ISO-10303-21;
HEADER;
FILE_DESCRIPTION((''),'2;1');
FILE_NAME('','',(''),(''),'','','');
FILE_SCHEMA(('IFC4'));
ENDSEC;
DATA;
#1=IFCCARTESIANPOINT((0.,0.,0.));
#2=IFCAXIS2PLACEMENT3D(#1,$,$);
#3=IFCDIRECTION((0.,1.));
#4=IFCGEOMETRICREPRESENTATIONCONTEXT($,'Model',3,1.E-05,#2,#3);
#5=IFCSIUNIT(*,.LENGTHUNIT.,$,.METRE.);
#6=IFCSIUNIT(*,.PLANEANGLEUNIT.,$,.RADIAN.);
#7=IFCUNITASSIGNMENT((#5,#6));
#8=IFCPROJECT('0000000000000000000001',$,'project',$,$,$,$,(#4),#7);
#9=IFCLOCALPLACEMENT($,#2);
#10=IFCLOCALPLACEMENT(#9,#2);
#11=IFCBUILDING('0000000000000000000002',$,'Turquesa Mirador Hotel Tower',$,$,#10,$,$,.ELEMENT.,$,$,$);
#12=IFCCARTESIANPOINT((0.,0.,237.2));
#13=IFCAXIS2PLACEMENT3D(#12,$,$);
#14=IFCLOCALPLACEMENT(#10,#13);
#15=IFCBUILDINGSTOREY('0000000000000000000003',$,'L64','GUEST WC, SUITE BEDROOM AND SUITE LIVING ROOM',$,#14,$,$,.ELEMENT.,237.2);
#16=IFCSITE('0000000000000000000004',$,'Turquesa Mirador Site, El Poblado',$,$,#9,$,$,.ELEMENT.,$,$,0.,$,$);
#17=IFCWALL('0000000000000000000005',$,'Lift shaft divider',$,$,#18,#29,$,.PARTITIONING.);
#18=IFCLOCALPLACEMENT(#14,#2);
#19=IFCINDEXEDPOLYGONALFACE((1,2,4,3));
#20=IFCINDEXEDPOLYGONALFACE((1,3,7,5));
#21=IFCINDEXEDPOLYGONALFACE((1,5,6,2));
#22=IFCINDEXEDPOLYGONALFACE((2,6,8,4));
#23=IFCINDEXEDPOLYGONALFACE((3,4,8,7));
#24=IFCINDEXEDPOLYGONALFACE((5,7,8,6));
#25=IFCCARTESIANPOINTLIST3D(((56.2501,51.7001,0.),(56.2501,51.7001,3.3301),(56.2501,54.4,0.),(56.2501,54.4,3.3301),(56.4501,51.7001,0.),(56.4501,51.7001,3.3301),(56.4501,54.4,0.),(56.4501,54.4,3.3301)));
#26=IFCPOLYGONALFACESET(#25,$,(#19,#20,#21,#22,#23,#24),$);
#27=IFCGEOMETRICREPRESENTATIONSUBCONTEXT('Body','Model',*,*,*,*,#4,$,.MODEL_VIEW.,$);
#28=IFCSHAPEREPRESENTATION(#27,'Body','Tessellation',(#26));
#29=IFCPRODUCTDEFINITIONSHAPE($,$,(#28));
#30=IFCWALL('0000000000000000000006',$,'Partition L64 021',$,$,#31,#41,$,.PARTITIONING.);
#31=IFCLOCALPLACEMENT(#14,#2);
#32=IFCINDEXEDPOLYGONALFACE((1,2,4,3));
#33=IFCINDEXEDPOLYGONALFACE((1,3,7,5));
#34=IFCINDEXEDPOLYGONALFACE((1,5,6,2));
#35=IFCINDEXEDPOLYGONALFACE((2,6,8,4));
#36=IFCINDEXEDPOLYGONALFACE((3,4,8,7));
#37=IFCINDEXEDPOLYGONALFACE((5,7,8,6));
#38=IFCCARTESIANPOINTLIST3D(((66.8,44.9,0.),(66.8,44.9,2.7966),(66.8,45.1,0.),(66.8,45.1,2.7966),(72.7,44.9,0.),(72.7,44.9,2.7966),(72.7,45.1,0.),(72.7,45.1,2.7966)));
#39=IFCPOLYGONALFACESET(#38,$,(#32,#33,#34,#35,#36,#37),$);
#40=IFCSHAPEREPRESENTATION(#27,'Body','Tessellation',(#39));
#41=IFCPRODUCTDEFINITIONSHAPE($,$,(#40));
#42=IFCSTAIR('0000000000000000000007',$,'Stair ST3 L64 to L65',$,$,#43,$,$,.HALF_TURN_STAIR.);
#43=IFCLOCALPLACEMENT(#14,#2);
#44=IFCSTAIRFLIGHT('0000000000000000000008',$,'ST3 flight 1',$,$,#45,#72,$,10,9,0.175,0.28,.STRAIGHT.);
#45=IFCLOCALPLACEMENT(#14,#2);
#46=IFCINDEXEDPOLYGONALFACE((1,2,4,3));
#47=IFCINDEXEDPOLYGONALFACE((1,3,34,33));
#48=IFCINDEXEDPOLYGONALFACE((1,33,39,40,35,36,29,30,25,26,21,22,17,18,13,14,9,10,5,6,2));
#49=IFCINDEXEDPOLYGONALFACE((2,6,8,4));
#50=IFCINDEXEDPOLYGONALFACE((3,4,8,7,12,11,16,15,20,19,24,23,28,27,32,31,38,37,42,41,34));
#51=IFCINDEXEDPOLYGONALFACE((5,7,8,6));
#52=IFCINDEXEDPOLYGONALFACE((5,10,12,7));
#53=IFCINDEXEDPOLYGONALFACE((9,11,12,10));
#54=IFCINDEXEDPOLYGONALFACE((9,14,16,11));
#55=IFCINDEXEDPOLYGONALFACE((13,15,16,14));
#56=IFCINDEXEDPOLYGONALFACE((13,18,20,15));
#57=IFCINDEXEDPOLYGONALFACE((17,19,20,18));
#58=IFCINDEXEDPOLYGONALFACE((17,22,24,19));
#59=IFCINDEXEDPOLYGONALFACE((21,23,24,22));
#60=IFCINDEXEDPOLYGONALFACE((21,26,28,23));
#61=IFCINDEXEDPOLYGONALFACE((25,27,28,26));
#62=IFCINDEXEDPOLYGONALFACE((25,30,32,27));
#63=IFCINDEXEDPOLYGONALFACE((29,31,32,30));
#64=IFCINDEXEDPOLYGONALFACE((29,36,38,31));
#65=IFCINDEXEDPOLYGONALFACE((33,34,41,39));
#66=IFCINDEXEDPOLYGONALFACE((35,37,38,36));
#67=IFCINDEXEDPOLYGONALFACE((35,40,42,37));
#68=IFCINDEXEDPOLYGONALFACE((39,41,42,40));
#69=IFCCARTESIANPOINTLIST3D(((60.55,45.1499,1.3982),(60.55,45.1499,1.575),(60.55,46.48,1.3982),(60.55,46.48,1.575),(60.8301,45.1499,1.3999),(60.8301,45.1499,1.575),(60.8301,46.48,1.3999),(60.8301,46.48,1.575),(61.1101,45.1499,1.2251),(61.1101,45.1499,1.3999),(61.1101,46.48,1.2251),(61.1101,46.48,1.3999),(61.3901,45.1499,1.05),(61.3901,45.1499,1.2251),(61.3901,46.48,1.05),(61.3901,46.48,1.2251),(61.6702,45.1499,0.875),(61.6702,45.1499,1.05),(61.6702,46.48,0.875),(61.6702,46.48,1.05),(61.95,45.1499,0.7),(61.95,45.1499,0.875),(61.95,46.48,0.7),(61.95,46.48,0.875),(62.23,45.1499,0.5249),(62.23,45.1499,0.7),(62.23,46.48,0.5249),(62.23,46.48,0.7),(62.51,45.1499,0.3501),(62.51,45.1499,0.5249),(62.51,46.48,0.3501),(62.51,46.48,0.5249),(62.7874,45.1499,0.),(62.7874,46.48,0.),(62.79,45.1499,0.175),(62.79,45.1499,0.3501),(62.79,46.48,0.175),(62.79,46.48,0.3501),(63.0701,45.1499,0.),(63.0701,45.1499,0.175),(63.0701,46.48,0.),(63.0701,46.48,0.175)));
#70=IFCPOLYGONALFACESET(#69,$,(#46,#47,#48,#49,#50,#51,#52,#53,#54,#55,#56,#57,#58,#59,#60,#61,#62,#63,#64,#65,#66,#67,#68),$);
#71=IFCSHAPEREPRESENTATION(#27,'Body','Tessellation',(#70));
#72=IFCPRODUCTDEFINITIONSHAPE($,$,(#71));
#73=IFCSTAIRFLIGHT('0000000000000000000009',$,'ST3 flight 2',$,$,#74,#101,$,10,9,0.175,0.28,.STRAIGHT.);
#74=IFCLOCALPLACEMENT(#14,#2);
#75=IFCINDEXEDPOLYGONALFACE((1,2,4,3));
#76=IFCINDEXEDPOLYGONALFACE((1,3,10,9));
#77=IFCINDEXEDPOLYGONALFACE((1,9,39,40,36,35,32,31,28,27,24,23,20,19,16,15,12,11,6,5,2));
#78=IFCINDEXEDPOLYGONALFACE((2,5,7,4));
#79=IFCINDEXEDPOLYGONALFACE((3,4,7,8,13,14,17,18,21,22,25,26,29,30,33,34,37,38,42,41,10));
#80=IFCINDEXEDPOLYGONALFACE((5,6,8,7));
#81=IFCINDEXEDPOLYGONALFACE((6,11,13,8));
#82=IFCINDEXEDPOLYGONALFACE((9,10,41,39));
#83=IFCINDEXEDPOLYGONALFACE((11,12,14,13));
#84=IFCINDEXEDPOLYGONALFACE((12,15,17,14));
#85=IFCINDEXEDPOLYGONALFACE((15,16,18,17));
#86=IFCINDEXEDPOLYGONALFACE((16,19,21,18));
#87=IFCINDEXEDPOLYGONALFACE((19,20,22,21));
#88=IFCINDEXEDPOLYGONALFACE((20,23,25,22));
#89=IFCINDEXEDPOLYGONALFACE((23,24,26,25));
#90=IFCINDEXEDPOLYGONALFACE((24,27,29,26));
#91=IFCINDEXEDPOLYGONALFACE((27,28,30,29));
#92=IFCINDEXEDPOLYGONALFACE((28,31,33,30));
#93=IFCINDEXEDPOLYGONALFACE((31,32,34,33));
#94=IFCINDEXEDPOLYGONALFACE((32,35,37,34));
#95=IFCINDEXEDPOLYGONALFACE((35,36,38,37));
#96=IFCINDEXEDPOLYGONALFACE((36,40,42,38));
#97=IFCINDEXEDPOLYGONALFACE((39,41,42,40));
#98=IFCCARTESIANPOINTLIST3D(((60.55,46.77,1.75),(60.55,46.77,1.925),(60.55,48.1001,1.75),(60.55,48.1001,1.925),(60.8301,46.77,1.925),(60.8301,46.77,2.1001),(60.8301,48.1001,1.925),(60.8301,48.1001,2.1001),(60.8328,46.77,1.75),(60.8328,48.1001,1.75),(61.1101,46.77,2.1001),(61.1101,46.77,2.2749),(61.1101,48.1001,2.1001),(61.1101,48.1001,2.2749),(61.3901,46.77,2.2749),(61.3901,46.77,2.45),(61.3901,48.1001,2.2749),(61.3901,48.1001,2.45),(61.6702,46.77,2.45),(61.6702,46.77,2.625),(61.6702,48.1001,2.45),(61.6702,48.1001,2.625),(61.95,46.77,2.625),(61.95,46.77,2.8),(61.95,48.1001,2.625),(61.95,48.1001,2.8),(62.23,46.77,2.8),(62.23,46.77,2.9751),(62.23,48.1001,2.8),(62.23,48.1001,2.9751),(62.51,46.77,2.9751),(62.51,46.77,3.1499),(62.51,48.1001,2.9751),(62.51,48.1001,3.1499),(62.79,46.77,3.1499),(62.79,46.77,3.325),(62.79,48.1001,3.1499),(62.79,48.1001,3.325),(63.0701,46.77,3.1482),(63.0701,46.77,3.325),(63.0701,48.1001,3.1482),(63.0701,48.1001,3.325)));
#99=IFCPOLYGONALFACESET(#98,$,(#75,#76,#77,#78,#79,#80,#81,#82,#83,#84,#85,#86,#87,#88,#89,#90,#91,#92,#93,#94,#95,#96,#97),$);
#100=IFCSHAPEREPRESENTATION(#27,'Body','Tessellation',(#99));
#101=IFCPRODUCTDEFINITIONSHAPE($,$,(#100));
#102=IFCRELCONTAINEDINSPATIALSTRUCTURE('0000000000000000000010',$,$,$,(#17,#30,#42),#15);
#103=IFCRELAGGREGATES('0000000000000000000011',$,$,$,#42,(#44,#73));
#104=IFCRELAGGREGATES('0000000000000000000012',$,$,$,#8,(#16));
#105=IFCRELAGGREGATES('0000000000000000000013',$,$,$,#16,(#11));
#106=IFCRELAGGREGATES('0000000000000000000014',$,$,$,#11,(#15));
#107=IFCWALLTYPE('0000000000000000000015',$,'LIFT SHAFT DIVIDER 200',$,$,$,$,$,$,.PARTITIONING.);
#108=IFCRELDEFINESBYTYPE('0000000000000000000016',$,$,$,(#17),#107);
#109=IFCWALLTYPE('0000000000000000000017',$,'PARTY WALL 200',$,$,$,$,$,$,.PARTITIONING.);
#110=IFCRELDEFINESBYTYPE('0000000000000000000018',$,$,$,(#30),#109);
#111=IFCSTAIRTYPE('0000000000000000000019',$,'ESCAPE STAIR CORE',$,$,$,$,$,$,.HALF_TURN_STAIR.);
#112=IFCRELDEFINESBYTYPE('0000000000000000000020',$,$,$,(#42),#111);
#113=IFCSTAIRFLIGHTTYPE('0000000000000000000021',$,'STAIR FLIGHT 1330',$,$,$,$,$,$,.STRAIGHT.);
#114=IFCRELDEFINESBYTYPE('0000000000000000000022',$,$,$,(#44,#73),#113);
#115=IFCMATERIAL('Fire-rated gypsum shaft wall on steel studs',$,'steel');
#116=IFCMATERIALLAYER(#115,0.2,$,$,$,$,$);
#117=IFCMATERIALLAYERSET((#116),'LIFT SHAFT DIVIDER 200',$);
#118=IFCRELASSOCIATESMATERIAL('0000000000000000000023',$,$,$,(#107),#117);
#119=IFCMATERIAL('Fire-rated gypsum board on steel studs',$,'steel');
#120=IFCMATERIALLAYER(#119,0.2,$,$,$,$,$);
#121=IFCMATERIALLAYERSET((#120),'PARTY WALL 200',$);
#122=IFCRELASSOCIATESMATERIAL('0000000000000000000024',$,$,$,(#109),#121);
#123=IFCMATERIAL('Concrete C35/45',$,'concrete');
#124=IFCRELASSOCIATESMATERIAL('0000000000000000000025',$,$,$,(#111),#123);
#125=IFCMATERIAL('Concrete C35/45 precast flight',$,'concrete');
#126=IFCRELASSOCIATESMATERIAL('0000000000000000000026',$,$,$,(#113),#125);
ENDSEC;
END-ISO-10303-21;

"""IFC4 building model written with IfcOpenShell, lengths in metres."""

from ifc_helpers import new_model, si_unit, direction, frame, frame_2d, origin, place, context, subcontext, project, spatial, polyline, rectangle, outline, extrude, material, layer, layer_set, type_object, element, aggregate, save


model = new_model("IFC4")

# Units and contexts
model_context = context("Model", 3, precision=1e-05, world=origin(), true_north=direction((0.0, 1.0)))
body_context = subcontext(model_context, "Body", "Model", "MODEL_VIEW")
ifc_project = project(units=[si_unit("LENGTHUNIT", "METRE"), si_unit("PLANEANGLEUNIT", "RADIAN")], contexts=[model_context])

# Site, building, storey
site_placement = place(None, origin())
site = spatial("IfcSite", under=ifc_project, at=site_placement, Name="Turquesa Mirador Site, El Poblado", CompositionType="ELEMENT", RefElevation=0.0)
building_placement = place(site_placement, origin())
building = spatial("IfcBuilding", under=site, at=building_placement, Name="Turquesa Mirador Hotel Tower", CompositionType="ELEMENT")
storey_placement = place(building_placement, frame((0.0, 0.0, 237.2)))
storey = spatial("IfcBuildingStorey", under=building, at=storey_placement, Name="L64", Description="GUEST WC, SUITE BEDROOM AND SUITE LIVING ROOM", CompositionType="ELEMENT", Elevation=237.2)

# Walls
ifc_material_1 = material(Name="Fire-rated gypsum shaft wall on steel studs", Category="steel")
ifc_layer_1 = layer(ifc_material_1, 0.2)
ifc_layer_set_1 = layer_set([ifc_layer_1], Name="LIFT SHAFT DIVIDER 200")
wall_type_1 = type_object("IfcWallType", Name="LIFT SHAFT DIVIDER 200", PredefinedType="PARTITIONING", material=ifc_layer_set_1)
for number, where, z_axis, x_axis, name in (
    (1, (56.3501, 51.7, 0.0), (0.0, 0.0, 1.0), (0.0, 1.0, 0.0), "Lift shaft divider"),
):
    element("IfcWall", number, at=place(storey_placement, frame(where, z_axis=z_axis, x_axis=x_axis)), inside=storey, type_object=wall_type_1, Name=name, PredefinedType="PARTITIONING", context=body_context, shape_type="SweptSolid", body=[
        extrude(rectangle(XDim=2.7, YDim=0.2, at=frame_2d((1.3501, 0.0))), origin(), (0.0, 0.0, 1.0), 3.3301),
    ])
ifc_material_2 = material(Name="Fire-rated gypsum board on steel studs", Category="steel")
ifc_layer_2 = layer(ifc_material_2, 0.2)
ifc_layer_set_2 = layer_set([ifc_layer_2], Name="PARTY WALL 200")
wall_type_2 = type_object("IfcWallType", Name="PARTY WALL 200", PredefinedType="PARTITIONING", material=ifc_layer_set_2)
wall_1_placement = place(storey_placement, frame((66.8, 45.0, 0.0), z_axis=(0.0, 0.0, 1.0), x_axis=(1.0, 0.0, 0.0)))
element("IfcWall", 2, at=wall_1_placement, inside=storey, type_object=wall_type_2, Name="Partition L64 021", PredefinedType="PARTITIONING", context=body_context, shape_type="SweptSolid", body=[
    extrude(rectangle(XDim=5.8999, YDim=0.2, at=frame_2d((2.95, 0.0))), origin(), (0.0, 0.0, 1.0), 2.7966),
])

# Stair, stair flights
ifc_material_3 = material(Name="Concrete C35/45", Category="concrete")
stair_type = type_object("IfcStairType", Name="ESCAPE STAIR CORE", PredefinedType="HALF_TURN_STAIR", material=ifc_material_3)
stair_placement = place(storey_placement, origin())
stair = element("IfcStair", 3, at=stair_placement, inside=storey, type_object=stair_type, Name="Stair ST3 L64 to L65", PredefinedType="HALF_TURN_STAIR")
ifc_material_4 = material(Name="Concrete C35/45 precast flight", Category="concrete")
stair_flight_type = type_object("IfcStairFlightType", Name="STAIR FLIGHT 1330", PredefinedType="STRAIGHT", material=ifc_material_4)
stair_flight_1_placement = place(storey_placement, frame((63.0701, 45.8149, 0.0), z_axis=(0.0, 0.0, 1.0), x_axis=(-1.0, 0.0, 0.0)))
stair_flight_1 = element("IfcStairFlight", 4, at=stair_flight_1_placement, type_object=stair_flight_type, Name="ST3 flight 1", NumberOfRisers=10, NumberOfTreads=9, PredefinedType="STRAIGHT", RiserHeight=0.175, TreadLength=0.28, context=body_context, shape_type="SweptSolid", body=[
    extrude(outline(polyline([(0.0, 0.0), (0.0, 0.175), (0.28, 0.175), (0.28, 0.3501), (0.5601, 0.3501), (0.5601, 0.5249), (0.8401, 0.5249), (0.8401, 0.7), (1.1201, 0.7), (1.1201, 0.875), (1.3999, 0.875), (1.3999, 1.05), (1.6799, 1.05), (1.6799, 1.2251), (1.96, 1.2251), (1.96, 1.3999), (2.24, 1.3999), (2.24, 1.575), (2.52, 1.575), (2.52, 1.75), (2.52, 1.3982), (0.2827, 0.0), (0.0, 0.0)])), frame((0.0, 0.665, 0.0), z_axis=(0.0, -1.0, 0.0), x_axis=(1.0, 0.0, 0.0)), (0.0, 0.0, 1.0), 1.3301),
])
stair_flight_2_placement = place(storey_placement, frame((60.55, 47.4351, 1.75), z_axis=(0.0, 0.0, 1.0), x_axis=(1.0, 0.0, 0.0)))
stair_flight_2 = element("IfcStairFlight", 5, at=stair_flight_2_placement, type_object=stair_flight_type, Name="ST3 flight 2", NumberOfRisers=10, NumberOfTreads=9, PredefinedType="STRAIGHT", RiserHeight=0.175, TreadLength=0.28, context=body_context, shape_type="SweptSolid", body=[
    extrude(outline(polyline([(0.0, 0.0), (0.0, 0.175), (0.28, 0.175), (0.28, 0.3501), (0.5601, 0.3501), (0.5601, 0.5249), (0.8401, 0.5249), (0.8401, 0.7), (1.1201, 0.7), (1.1201, 0.875), (1.3999, 0.875), (1.3999, 1.05), (1.6799, 1.05), (1.6799, 1.2251), (1.96, 1.2251), (1.96, 1.3999), (2.24, 1.3999), (2.24, 1.575), (2.52, 1.575), (2.52, 1.75), (2.52, 1.3982), (0.2827, 0.0), (0.0, 0.0)])), frame((0.0, 0.665, 0.0), z_axis=(0.0, -1.0, 0.0), x_axis=(1.0, 0.0, 0.0)), (0.0, 0.0, 1.0), 1.3301),
])
aggregate(stair, [stair_flight_1, stair_flight_2])

save(model, "model.ifc")
